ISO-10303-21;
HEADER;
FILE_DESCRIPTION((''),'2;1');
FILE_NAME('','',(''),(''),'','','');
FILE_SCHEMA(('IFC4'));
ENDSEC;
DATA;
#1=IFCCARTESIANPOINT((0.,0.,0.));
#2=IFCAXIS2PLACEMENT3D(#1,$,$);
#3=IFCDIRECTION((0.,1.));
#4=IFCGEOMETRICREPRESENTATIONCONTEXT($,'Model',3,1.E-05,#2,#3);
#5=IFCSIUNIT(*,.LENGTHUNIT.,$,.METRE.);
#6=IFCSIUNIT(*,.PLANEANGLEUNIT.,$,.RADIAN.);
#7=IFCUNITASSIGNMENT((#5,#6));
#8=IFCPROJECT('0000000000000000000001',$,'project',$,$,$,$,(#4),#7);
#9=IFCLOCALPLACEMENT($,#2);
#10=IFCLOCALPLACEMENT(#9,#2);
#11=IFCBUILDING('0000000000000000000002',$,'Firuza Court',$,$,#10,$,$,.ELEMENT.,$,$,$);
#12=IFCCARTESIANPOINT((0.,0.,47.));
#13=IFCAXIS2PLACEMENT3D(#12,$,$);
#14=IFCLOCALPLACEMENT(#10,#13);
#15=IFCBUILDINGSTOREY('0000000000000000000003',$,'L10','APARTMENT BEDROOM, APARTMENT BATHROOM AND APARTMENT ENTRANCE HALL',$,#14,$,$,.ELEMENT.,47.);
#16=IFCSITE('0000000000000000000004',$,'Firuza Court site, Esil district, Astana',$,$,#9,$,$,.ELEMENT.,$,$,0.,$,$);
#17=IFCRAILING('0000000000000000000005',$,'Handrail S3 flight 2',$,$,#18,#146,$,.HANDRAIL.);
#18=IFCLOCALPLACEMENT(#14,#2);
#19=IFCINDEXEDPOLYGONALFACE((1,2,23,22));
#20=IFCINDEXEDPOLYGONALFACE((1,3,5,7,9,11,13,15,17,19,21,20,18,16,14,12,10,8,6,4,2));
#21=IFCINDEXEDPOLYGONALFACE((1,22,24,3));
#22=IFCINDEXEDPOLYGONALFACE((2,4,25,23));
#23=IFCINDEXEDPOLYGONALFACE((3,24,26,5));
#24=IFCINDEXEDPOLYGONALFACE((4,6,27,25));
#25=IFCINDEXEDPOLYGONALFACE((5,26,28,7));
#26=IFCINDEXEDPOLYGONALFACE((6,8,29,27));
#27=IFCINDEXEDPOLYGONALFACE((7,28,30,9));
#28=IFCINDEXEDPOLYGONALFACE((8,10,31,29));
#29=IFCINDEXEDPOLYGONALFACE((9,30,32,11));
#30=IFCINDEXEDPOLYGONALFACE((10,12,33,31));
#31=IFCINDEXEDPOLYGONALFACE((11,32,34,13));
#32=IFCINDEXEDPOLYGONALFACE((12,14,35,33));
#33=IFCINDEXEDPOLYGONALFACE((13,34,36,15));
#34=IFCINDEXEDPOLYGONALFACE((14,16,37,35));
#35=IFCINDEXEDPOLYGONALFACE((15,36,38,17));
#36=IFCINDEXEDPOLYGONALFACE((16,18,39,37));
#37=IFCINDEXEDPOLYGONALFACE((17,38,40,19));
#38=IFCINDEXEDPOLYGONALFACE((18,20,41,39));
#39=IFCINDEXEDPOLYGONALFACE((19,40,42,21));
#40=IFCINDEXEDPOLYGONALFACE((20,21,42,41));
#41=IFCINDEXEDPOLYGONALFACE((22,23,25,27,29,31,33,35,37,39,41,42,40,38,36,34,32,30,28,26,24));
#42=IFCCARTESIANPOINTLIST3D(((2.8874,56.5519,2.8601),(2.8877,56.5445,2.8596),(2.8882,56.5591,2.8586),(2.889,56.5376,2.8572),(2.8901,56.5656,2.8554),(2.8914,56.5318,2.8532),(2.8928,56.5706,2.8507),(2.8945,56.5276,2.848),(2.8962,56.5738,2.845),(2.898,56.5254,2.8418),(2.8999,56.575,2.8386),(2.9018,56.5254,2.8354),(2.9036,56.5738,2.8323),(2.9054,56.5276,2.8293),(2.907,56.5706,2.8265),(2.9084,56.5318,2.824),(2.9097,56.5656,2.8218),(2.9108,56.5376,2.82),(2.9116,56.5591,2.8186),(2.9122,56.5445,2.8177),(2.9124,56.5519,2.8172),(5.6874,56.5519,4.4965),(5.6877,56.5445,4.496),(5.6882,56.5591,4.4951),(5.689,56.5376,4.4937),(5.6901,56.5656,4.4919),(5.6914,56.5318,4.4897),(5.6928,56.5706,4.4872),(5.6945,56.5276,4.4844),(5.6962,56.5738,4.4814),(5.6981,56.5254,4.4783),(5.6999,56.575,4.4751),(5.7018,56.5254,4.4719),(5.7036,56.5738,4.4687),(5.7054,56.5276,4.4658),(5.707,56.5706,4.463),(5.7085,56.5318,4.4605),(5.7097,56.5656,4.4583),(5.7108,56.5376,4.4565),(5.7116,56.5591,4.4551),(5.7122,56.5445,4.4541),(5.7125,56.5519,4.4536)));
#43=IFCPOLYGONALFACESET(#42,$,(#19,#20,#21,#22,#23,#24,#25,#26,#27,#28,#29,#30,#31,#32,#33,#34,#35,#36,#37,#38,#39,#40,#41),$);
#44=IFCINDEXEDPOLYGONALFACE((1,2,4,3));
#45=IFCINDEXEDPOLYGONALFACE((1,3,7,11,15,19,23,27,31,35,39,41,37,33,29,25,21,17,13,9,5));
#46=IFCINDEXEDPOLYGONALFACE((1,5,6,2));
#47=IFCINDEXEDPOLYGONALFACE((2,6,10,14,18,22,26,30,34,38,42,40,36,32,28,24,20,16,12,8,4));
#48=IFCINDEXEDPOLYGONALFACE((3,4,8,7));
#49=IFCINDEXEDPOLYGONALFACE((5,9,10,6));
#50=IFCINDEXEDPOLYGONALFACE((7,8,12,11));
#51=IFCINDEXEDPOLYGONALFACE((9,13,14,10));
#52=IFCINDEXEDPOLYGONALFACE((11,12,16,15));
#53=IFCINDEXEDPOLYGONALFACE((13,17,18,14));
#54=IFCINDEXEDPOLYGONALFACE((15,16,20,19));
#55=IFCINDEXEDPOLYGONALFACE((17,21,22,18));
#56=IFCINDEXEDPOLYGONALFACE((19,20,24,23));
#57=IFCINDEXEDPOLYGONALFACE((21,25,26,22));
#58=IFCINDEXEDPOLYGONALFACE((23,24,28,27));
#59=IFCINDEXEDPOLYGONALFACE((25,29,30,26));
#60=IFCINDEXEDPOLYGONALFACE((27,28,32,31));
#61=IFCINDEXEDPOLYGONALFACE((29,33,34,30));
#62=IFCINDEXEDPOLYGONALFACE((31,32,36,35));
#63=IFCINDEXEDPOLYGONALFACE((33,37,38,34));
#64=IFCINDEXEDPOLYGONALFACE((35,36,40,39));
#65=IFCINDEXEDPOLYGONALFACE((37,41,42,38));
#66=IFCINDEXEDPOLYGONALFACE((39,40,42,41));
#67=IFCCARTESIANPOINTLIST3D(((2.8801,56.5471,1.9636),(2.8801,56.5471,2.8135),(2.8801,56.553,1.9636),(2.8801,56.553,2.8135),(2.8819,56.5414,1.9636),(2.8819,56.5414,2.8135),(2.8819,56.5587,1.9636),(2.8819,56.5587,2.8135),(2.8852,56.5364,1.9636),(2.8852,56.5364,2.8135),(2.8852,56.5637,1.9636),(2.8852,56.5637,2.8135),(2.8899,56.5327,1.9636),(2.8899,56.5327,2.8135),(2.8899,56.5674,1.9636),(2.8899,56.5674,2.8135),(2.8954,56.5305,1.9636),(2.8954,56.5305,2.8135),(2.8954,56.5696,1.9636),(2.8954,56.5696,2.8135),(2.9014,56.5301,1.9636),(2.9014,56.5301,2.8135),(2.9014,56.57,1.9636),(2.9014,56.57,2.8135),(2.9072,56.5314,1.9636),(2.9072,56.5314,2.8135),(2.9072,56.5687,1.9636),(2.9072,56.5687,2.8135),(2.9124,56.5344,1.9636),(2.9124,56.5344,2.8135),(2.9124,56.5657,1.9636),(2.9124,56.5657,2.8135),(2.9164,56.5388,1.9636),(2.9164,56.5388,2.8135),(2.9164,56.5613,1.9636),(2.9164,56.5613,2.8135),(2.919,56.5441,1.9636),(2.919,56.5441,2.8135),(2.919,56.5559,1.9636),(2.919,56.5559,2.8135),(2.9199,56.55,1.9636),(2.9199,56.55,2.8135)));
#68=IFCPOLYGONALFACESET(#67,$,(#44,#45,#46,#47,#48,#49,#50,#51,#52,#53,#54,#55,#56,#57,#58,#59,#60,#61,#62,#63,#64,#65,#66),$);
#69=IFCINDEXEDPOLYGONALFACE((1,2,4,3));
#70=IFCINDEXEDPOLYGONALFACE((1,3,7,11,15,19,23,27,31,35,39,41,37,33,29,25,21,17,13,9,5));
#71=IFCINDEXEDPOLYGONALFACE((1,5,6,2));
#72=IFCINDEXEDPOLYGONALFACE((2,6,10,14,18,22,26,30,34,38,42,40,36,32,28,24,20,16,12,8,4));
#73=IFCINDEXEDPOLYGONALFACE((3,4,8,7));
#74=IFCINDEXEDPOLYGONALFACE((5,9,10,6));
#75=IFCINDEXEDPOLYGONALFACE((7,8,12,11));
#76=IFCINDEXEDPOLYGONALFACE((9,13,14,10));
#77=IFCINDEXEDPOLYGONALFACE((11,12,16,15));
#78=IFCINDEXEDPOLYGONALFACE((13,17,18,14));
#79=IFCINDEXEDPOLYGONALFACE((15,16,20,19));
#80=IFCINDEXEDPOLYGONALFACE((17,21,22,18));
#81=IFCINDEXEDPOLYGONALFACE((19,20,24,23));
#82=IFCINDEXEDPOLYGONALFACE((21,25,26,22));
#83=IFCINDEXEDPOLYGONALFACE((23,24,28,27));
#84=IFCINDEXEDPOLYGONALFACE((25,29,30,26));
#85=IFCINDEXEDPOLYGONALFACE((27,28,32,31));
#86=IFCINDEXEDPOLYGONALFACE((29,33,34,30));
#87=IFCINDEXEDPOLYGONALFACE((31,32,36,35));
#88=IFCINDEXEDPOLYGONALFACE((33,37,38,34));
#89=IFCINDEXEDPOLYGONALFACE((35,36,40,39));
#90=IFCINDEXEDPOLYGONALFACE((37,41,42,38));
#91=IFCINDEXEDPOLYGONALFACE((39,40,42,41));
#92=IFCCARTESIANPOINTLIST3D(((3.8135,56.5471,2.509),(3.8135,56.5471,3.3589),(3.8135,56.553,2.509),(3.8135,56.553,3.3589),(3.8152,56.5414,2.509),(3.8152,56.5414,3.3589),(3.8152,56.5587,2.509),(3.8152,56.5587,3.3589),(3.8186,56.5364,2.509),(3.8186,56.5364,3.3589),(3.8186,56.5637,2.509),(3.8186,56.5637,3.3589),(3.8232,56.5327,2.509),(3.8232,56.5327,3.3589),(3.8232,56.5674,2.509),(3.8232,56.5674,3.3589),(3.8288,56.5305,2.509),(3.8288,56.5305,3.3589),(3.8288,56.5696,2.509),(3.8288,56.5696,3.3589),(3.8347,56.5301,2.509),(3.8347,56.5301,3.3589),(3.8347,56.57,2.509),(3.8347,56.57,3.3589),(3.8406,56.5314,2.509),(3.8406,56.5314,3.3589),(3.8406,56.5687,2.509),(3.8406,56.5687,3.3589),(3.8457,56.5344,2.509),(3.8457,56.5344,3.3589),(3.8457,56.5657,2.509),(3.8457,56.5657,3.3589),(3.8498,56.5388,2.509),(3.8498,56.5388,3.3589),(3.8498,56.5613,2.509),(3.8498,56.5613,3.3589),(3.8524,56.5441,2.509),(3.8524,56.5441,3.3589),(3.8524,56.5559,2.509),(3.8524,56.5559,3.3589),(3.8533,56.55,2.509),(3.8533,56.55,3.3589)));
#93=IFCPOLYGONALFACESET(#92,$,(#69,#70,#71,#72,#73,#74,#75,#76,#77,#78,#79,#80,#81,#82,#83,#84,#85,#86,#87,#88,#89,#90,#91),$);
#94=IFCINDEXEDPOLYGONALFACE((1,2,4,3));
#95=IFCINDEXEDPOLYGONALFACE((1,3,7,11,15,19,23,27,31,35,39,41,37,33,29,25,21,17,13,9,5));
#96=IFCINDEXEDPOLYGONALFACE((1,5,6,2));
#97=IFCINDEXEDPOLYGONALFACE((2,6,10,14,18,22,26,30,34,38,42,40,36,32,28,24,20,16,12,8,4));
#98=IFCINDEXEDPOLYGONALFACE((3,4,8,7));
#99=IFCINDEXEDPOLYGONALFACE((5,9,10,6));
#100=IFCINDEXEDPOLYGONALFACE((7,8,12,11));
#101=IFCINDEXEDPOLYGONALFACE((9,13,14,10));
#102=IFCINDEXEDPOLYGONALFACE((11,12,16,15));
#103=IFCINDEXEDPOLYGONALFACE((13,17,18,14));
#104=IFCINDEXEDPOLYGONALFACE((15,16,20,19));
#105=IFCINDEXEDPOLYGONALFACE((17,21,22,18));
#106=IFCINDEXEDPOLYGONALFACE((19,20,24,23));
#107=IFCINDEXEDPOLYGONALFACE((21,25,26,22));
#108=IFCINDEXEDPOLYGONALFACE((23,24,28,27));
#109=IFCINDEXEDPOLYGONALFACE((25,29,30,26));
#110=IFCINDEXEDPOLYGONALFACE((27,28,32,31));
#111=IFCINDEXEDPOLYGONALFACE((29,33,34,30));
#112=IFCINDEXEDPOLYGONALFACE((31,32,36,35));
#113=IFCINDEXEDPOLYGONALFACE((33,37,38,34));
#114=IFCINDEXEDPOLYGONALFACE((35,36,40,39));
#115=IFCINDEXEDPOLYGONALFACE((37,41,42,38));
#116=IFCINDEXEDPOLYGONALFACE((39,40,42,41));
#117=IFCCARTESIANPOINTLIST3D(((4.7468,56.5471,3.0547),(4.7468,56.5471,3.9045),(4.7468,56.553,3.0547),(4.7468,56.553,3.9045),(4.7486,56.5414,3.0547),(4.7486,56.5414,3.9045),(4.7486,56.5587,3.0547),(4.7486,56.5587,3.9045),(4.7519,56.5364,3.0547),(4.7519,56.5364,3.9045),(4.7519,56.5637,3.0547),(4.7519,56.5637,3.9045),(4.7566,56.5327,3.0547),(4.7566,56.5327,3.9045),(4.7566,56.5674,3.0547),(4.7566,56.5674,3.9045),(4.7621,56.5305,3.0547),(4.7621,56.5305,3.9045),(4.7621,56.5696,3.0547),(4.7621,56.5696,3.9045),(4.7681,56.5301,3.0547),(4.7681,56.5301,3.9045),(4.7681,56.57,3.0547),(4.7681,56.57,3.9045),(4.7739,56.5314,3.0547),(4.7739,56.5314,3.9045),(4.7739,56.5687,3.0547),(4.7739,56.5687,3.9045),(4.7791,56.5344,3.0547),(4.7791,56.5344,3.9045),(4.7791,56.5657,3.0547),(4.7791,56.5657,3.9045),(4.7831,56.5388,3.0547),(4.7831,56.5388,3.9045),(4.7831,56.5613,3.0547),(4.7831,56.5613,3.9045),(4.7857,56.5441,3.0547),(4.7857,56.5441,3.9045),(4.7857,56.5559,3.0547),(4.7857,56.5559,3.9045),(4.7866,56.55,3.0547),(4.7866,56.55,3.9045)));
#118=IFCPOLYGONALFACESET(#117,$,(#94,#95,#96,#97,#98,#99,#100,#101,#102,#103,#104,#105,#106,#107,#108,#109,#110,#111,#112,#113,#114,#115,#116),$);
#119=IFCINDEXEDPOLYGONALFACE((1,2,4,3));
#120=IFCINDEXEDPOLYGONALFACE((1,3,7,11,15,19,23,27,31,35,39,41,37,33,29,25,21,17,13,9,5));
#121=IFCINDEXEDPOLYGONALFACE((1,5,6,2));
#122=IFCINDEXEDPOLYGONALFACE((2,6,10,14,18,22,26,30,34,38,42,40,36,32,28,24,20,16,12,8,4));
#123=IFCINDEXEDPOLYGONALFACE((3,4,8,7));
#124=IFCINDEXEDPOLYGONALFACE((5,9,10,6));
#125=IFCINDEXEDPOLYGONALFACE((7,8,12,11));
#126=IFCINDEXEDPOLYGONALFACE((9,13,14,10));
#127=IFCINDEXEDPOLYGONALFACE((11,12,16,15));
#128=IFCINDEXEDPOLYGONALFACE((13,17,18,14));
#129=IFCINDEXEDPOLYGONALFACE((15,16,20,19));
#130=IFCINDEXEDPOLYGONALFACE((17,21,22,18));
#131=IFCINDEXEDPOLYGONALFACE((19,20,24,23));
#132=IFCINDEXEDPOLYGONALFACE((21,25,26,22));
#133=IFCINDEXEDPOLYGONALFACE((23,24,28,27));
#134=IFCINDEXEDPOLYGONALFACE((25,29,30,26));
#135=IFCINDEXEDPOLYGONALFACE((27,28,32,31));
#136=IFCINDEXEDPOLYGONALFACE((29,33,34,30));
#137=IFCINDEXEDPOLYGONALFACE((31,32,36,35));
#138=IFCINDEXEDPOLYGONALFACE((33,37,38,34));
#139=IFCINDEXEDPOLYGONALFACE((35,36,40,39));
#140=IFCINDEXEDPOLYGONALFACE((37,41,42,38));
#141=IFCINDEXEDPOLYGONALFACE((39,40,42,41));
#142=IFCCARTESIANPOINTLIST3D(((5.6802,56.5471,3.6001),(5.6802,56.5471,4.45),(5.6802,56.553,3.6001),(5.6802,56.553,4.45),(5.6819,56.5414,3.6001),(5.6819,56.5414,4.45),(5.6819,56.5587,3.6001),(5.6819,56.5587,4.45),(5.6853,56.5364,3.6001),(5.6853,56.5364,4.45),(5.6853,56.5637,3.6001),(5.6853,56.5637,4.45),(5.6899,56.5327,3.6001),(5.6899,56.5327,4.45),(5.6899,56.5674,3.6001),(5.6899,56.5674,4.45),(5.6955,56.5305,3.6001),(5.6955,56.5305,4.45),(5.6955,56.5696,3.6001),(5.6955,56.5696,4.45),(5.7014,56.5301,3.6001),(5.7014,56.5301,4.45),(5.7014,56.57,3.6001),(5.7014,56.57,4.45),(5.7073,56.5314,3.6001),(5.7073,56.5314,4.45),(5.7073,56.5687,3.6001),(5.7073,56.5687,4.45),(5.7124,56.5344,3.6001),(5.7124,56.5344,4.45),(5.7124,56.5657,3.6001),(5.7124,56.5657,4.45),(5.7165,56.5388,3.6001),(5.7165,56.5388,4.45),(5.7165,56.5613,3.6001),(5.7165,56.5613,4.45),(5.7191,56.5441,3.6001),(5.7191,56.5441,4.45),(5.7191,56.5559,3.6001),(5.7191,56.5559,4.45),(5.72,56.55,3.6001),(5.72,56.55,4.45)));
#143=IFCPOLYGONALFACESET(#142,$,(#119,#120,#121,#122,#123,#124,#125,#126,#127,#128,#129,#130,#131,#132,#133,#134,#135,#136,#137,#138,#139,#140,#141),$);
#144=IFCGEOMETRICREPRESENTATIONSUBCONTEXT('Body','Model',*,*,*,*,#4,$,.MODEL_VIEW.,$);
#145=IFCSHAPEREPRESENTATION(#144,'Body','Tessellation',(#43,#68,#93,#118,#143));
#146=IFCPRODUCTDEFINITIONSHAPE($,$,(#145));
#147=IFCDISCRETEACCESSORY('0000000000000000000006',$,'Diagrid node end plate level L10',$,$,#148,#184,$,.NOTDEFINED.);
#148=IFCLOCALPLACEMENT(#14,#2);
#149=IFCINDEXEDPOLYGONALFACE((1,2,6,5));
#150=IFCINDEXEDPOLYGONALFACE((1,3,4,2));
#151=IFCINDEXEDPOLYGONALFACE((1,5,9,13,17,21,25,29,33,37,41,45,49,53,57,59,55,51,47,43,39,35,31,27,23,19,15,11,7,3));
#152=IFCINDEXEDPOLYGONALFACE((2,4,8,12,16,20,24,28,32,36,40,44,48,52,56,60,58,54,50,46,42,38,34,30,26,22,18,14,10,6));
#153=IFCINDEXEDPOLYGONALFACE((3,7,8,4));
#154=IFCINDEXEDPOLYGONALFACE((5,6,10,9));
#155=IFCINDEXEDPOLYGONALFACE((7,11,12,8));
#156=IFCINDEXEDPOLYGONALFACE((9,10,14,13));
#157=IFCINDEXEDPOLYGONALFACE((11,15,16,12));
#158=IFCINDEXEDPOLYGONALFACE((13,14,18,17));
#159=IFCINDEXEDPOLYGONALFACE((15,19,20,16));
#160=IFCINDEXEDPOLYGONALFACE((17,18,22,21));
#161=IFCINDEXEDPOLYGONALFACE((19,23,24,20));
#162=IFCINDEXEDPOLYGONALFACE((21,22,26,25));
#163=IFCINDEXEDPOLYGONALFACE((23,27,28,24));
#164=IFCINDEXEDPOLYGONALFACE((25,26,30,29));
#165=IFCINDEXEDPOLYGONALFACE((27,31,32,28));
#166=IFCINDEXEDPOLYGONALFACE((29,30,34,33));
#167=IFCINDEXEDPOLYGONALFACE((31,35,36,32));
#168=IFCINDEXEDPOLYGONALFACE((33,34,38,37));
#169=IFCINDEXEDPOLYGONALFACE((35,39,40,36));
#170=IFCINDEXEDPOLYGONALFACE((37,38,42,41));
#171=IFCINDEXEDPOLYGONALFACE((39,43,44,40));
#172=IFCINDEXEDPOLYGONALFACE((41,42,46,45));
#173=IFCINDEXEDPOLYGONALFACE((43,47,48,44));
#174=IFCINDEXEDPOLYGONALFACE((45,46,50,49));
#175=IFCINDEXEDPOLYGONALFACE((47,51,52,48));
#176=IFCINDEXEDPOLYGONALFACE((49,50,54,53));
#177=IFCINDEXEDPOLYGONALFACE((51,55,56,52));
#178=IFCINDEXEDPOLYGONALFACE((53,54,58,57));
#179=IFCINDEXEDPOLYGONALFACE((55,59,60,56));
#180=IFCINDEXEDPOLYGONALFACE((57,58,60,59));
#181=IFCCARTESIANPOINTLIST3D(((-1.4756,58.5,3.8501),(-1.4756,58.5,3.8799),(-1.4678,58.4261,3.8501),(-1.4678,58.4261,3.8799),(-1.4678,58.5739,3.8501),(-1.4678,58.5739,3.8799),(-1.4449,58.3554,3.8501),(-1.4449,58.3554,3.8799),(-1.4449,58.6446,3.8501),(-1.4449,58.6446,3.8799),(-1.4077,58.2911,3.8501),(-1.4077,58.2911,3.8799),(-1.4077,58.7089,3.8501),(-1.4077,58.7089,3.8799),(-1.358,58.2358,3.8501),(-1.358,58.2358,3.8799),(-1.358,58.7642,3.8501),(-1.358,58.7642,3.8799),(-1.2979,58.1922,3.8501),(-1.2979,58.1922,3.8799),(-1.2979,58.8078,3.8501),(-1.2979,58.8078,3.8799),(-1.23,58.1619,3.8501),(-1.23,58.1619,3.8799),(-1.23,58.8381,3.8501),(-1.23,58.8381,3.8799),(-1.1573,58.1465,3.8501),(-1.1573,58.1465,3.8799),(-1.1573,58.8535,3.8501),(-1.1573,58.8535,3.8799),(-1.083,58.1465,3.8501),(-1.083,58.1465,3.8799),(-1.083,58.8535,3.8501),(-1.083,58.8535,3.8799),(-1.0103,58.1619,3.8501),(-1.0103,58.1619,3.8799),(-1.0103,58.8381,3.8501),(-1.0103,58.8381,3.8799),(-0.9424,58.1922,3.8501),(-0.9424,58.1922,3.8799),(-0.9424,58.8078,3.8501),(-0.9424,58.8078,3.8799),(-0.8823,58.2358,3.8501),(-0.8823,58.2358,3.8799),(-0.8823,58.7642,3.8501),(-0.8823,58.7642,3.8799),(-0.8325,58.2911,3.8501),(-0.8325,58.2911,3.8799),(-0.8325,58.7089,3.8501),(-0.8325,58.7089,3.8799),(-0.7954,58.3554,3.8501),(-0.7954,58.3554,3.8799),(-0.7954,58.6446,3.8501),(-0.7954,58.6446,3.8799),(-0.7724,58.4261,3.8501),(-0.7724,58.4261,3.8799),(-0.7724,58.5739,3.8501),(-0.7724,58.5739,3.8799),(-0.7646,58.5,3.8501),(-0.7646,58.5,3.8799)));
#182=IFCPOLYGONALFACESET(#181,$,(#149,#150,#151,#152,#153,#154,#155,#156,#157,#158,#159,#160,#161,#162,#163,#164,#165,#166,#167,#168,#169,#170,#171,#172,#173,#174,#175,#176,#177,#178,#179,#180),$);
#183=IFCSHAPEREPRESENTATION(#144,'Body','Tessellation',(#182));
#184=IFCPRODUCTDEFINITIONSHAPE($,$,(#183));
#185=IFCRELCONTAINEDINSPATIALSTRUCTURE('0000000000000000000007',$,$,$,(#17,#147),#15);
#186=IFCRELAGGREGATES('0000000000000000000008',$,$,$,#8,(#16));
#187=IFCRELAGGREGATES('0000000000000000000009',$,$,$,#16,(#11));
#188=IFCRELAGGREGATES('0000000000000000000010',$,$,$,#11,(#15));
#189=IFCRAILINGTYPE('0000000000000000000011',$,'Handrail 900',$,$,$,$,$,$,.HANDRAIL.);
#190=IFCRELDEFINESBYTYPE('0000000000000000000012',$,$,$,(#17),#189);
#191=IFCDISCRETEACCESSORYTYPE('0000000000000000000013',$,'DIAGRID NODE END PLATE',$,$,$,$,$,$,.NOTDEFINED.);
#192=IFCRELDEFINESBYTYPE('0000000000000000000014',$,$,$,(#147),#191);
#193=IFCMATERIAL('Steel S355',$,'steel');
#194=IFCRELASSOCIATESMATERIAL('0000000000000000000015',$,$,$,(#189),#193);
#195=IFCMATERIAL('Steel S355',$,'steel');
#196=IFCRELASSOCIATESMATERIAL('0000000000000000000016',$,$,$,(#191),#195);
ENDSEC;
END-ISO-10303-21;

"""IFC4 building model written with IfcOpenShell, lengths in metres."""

from ifc_helpers import new_model, si_unit, direction, frame, origin, origin_2d, place, context, subcontext, project, spatial, circle, extrude, material, material_profile, profile_set, type_object, element, save


model = new_model("IFC4")

# Units and contexts
model_context = context("Model", 3, precision=1e-05, world=origin(), true_north=direction((0.0, 1.0)))
body_context = subcontext(model_context, "Body", "Model", "MODEL_VIEW")
ifc_project = project(units=[si_unit("LENGTHUNIT", "METRE"), si_unit("PLANEANGLEUNIT", "RADIAN")], contexts=[model_context])

# Site, building, storey
site_placement = place(None, origin())
site = spatial("IfcSite", under=ifc_project, at=site_placement, Name="Firuza Court site, Esil district, Astana", CompositionType="ELEMENT", RefElevation=0.0)
building_placement = place(site_placement, origin())
building = spatial("IfcBuilding", under=site, at=building_placement, Name="Firuza Court", CompositionType="ELEMENT")
storey_placement = place(building_placement, frame((0.0, 0.0, 47.0)))
storey = spatial("IfcBuildingStorey", under=building, at=storey_placement, Name="L10", Description="APARTMENT BEDROOM, APARTMENT BATHROOM AND APARTMENT ENTRANCE HALL", CompositionType="ELEMENT", Elevation=47.0)

# Railing
ifc_material_1 = material(Name="Steel S355", Category="steel")
railing_type_1 = type_object("IfcRailingType", Name="Handrail 900", PredefinedType="HANDRAIL", material=ifc_material_1)
railing_1_placement = place(storey_placement, frame((2.8999, 56.55, 1.9636)))
element("IfcRailing", 1, at=railing_1_placement, inside=storey, type_object=railing_type_1, Name="Handrail S3 flight 2", PredefinedType="HANDRAIL", context=body_context, shape_type="SweptSolid", body=[
    extrude(circle(Radius=0.0249, at=origin_2d()), frame((0.0, 0.0, 0.875), z_axis=(0.863361, 0.0, 0.504587), x_axis=(0.0, 1.0, 0.0)), (0.0, 0.0, 1.0), 3.2432),
    extrude(circle(Radius=0.02, at=origin_2d()), origin(), (0.0, 0.0, 1.0), 0.8499),
    extrude(circle(Radius=0.02, at=origin_2d()), frame((0.9333, 0.0, 0.5454)), (0.0, 0.0, 1.0), 0.8499),
    extrude(circle(Radius=0.02, at=origin_2d()), frame((1.8667, 0.0, 1.0911)), (0.0, 0.0, 1.0), 0.8499),
    extrude(circle(Radius=0.02, at=origin_2d()), frame((2.8, 0.0, 1.6365)), (0.0, 0.0, 1.0), 0.8499),
])

# Discrete accessory
ifc_material_2 = material(Name="Steel S355", Category="steel")
ifc_material_profile_1 = material_profile(ifc_material_2, circle(Radius=0.3555, at=origin_2d()), Name="PL D711")
ifc_profile_set_1 = profile_set([ifc_material_profile_1], Name="Steel S355")
discrete_accessory_type = type_object("IfcDiscreteAccessoryType", Name="DIAGRID NODE END PLATE", PredefinedType="NOTDEFINED", material=ifc_profile_set_1)
discrete_accessory_1_placement = place(storey_placement, frame((-1.1201, 58.5, 3.8501), z_axis=(0.0, 0.0, 1.0), x_axis=(1.0, 0.0, 0.0)))
element("IfcDiscreteAccessory", 2, at=discrete_accessory_1_placement, inside=storey, type_object=discrete_accessory_type, Name="Diagrid node end plate level L10", PredefinedType="NOTDEFINED", context=body_context, shape_type="SweptSolid", body=[
    extrude(circle(Radius=0.3555, at=origin_2d()), origin(), (0.0, 0.0, 1.0), 0.0298),
])

save(model, "model.ifc")
